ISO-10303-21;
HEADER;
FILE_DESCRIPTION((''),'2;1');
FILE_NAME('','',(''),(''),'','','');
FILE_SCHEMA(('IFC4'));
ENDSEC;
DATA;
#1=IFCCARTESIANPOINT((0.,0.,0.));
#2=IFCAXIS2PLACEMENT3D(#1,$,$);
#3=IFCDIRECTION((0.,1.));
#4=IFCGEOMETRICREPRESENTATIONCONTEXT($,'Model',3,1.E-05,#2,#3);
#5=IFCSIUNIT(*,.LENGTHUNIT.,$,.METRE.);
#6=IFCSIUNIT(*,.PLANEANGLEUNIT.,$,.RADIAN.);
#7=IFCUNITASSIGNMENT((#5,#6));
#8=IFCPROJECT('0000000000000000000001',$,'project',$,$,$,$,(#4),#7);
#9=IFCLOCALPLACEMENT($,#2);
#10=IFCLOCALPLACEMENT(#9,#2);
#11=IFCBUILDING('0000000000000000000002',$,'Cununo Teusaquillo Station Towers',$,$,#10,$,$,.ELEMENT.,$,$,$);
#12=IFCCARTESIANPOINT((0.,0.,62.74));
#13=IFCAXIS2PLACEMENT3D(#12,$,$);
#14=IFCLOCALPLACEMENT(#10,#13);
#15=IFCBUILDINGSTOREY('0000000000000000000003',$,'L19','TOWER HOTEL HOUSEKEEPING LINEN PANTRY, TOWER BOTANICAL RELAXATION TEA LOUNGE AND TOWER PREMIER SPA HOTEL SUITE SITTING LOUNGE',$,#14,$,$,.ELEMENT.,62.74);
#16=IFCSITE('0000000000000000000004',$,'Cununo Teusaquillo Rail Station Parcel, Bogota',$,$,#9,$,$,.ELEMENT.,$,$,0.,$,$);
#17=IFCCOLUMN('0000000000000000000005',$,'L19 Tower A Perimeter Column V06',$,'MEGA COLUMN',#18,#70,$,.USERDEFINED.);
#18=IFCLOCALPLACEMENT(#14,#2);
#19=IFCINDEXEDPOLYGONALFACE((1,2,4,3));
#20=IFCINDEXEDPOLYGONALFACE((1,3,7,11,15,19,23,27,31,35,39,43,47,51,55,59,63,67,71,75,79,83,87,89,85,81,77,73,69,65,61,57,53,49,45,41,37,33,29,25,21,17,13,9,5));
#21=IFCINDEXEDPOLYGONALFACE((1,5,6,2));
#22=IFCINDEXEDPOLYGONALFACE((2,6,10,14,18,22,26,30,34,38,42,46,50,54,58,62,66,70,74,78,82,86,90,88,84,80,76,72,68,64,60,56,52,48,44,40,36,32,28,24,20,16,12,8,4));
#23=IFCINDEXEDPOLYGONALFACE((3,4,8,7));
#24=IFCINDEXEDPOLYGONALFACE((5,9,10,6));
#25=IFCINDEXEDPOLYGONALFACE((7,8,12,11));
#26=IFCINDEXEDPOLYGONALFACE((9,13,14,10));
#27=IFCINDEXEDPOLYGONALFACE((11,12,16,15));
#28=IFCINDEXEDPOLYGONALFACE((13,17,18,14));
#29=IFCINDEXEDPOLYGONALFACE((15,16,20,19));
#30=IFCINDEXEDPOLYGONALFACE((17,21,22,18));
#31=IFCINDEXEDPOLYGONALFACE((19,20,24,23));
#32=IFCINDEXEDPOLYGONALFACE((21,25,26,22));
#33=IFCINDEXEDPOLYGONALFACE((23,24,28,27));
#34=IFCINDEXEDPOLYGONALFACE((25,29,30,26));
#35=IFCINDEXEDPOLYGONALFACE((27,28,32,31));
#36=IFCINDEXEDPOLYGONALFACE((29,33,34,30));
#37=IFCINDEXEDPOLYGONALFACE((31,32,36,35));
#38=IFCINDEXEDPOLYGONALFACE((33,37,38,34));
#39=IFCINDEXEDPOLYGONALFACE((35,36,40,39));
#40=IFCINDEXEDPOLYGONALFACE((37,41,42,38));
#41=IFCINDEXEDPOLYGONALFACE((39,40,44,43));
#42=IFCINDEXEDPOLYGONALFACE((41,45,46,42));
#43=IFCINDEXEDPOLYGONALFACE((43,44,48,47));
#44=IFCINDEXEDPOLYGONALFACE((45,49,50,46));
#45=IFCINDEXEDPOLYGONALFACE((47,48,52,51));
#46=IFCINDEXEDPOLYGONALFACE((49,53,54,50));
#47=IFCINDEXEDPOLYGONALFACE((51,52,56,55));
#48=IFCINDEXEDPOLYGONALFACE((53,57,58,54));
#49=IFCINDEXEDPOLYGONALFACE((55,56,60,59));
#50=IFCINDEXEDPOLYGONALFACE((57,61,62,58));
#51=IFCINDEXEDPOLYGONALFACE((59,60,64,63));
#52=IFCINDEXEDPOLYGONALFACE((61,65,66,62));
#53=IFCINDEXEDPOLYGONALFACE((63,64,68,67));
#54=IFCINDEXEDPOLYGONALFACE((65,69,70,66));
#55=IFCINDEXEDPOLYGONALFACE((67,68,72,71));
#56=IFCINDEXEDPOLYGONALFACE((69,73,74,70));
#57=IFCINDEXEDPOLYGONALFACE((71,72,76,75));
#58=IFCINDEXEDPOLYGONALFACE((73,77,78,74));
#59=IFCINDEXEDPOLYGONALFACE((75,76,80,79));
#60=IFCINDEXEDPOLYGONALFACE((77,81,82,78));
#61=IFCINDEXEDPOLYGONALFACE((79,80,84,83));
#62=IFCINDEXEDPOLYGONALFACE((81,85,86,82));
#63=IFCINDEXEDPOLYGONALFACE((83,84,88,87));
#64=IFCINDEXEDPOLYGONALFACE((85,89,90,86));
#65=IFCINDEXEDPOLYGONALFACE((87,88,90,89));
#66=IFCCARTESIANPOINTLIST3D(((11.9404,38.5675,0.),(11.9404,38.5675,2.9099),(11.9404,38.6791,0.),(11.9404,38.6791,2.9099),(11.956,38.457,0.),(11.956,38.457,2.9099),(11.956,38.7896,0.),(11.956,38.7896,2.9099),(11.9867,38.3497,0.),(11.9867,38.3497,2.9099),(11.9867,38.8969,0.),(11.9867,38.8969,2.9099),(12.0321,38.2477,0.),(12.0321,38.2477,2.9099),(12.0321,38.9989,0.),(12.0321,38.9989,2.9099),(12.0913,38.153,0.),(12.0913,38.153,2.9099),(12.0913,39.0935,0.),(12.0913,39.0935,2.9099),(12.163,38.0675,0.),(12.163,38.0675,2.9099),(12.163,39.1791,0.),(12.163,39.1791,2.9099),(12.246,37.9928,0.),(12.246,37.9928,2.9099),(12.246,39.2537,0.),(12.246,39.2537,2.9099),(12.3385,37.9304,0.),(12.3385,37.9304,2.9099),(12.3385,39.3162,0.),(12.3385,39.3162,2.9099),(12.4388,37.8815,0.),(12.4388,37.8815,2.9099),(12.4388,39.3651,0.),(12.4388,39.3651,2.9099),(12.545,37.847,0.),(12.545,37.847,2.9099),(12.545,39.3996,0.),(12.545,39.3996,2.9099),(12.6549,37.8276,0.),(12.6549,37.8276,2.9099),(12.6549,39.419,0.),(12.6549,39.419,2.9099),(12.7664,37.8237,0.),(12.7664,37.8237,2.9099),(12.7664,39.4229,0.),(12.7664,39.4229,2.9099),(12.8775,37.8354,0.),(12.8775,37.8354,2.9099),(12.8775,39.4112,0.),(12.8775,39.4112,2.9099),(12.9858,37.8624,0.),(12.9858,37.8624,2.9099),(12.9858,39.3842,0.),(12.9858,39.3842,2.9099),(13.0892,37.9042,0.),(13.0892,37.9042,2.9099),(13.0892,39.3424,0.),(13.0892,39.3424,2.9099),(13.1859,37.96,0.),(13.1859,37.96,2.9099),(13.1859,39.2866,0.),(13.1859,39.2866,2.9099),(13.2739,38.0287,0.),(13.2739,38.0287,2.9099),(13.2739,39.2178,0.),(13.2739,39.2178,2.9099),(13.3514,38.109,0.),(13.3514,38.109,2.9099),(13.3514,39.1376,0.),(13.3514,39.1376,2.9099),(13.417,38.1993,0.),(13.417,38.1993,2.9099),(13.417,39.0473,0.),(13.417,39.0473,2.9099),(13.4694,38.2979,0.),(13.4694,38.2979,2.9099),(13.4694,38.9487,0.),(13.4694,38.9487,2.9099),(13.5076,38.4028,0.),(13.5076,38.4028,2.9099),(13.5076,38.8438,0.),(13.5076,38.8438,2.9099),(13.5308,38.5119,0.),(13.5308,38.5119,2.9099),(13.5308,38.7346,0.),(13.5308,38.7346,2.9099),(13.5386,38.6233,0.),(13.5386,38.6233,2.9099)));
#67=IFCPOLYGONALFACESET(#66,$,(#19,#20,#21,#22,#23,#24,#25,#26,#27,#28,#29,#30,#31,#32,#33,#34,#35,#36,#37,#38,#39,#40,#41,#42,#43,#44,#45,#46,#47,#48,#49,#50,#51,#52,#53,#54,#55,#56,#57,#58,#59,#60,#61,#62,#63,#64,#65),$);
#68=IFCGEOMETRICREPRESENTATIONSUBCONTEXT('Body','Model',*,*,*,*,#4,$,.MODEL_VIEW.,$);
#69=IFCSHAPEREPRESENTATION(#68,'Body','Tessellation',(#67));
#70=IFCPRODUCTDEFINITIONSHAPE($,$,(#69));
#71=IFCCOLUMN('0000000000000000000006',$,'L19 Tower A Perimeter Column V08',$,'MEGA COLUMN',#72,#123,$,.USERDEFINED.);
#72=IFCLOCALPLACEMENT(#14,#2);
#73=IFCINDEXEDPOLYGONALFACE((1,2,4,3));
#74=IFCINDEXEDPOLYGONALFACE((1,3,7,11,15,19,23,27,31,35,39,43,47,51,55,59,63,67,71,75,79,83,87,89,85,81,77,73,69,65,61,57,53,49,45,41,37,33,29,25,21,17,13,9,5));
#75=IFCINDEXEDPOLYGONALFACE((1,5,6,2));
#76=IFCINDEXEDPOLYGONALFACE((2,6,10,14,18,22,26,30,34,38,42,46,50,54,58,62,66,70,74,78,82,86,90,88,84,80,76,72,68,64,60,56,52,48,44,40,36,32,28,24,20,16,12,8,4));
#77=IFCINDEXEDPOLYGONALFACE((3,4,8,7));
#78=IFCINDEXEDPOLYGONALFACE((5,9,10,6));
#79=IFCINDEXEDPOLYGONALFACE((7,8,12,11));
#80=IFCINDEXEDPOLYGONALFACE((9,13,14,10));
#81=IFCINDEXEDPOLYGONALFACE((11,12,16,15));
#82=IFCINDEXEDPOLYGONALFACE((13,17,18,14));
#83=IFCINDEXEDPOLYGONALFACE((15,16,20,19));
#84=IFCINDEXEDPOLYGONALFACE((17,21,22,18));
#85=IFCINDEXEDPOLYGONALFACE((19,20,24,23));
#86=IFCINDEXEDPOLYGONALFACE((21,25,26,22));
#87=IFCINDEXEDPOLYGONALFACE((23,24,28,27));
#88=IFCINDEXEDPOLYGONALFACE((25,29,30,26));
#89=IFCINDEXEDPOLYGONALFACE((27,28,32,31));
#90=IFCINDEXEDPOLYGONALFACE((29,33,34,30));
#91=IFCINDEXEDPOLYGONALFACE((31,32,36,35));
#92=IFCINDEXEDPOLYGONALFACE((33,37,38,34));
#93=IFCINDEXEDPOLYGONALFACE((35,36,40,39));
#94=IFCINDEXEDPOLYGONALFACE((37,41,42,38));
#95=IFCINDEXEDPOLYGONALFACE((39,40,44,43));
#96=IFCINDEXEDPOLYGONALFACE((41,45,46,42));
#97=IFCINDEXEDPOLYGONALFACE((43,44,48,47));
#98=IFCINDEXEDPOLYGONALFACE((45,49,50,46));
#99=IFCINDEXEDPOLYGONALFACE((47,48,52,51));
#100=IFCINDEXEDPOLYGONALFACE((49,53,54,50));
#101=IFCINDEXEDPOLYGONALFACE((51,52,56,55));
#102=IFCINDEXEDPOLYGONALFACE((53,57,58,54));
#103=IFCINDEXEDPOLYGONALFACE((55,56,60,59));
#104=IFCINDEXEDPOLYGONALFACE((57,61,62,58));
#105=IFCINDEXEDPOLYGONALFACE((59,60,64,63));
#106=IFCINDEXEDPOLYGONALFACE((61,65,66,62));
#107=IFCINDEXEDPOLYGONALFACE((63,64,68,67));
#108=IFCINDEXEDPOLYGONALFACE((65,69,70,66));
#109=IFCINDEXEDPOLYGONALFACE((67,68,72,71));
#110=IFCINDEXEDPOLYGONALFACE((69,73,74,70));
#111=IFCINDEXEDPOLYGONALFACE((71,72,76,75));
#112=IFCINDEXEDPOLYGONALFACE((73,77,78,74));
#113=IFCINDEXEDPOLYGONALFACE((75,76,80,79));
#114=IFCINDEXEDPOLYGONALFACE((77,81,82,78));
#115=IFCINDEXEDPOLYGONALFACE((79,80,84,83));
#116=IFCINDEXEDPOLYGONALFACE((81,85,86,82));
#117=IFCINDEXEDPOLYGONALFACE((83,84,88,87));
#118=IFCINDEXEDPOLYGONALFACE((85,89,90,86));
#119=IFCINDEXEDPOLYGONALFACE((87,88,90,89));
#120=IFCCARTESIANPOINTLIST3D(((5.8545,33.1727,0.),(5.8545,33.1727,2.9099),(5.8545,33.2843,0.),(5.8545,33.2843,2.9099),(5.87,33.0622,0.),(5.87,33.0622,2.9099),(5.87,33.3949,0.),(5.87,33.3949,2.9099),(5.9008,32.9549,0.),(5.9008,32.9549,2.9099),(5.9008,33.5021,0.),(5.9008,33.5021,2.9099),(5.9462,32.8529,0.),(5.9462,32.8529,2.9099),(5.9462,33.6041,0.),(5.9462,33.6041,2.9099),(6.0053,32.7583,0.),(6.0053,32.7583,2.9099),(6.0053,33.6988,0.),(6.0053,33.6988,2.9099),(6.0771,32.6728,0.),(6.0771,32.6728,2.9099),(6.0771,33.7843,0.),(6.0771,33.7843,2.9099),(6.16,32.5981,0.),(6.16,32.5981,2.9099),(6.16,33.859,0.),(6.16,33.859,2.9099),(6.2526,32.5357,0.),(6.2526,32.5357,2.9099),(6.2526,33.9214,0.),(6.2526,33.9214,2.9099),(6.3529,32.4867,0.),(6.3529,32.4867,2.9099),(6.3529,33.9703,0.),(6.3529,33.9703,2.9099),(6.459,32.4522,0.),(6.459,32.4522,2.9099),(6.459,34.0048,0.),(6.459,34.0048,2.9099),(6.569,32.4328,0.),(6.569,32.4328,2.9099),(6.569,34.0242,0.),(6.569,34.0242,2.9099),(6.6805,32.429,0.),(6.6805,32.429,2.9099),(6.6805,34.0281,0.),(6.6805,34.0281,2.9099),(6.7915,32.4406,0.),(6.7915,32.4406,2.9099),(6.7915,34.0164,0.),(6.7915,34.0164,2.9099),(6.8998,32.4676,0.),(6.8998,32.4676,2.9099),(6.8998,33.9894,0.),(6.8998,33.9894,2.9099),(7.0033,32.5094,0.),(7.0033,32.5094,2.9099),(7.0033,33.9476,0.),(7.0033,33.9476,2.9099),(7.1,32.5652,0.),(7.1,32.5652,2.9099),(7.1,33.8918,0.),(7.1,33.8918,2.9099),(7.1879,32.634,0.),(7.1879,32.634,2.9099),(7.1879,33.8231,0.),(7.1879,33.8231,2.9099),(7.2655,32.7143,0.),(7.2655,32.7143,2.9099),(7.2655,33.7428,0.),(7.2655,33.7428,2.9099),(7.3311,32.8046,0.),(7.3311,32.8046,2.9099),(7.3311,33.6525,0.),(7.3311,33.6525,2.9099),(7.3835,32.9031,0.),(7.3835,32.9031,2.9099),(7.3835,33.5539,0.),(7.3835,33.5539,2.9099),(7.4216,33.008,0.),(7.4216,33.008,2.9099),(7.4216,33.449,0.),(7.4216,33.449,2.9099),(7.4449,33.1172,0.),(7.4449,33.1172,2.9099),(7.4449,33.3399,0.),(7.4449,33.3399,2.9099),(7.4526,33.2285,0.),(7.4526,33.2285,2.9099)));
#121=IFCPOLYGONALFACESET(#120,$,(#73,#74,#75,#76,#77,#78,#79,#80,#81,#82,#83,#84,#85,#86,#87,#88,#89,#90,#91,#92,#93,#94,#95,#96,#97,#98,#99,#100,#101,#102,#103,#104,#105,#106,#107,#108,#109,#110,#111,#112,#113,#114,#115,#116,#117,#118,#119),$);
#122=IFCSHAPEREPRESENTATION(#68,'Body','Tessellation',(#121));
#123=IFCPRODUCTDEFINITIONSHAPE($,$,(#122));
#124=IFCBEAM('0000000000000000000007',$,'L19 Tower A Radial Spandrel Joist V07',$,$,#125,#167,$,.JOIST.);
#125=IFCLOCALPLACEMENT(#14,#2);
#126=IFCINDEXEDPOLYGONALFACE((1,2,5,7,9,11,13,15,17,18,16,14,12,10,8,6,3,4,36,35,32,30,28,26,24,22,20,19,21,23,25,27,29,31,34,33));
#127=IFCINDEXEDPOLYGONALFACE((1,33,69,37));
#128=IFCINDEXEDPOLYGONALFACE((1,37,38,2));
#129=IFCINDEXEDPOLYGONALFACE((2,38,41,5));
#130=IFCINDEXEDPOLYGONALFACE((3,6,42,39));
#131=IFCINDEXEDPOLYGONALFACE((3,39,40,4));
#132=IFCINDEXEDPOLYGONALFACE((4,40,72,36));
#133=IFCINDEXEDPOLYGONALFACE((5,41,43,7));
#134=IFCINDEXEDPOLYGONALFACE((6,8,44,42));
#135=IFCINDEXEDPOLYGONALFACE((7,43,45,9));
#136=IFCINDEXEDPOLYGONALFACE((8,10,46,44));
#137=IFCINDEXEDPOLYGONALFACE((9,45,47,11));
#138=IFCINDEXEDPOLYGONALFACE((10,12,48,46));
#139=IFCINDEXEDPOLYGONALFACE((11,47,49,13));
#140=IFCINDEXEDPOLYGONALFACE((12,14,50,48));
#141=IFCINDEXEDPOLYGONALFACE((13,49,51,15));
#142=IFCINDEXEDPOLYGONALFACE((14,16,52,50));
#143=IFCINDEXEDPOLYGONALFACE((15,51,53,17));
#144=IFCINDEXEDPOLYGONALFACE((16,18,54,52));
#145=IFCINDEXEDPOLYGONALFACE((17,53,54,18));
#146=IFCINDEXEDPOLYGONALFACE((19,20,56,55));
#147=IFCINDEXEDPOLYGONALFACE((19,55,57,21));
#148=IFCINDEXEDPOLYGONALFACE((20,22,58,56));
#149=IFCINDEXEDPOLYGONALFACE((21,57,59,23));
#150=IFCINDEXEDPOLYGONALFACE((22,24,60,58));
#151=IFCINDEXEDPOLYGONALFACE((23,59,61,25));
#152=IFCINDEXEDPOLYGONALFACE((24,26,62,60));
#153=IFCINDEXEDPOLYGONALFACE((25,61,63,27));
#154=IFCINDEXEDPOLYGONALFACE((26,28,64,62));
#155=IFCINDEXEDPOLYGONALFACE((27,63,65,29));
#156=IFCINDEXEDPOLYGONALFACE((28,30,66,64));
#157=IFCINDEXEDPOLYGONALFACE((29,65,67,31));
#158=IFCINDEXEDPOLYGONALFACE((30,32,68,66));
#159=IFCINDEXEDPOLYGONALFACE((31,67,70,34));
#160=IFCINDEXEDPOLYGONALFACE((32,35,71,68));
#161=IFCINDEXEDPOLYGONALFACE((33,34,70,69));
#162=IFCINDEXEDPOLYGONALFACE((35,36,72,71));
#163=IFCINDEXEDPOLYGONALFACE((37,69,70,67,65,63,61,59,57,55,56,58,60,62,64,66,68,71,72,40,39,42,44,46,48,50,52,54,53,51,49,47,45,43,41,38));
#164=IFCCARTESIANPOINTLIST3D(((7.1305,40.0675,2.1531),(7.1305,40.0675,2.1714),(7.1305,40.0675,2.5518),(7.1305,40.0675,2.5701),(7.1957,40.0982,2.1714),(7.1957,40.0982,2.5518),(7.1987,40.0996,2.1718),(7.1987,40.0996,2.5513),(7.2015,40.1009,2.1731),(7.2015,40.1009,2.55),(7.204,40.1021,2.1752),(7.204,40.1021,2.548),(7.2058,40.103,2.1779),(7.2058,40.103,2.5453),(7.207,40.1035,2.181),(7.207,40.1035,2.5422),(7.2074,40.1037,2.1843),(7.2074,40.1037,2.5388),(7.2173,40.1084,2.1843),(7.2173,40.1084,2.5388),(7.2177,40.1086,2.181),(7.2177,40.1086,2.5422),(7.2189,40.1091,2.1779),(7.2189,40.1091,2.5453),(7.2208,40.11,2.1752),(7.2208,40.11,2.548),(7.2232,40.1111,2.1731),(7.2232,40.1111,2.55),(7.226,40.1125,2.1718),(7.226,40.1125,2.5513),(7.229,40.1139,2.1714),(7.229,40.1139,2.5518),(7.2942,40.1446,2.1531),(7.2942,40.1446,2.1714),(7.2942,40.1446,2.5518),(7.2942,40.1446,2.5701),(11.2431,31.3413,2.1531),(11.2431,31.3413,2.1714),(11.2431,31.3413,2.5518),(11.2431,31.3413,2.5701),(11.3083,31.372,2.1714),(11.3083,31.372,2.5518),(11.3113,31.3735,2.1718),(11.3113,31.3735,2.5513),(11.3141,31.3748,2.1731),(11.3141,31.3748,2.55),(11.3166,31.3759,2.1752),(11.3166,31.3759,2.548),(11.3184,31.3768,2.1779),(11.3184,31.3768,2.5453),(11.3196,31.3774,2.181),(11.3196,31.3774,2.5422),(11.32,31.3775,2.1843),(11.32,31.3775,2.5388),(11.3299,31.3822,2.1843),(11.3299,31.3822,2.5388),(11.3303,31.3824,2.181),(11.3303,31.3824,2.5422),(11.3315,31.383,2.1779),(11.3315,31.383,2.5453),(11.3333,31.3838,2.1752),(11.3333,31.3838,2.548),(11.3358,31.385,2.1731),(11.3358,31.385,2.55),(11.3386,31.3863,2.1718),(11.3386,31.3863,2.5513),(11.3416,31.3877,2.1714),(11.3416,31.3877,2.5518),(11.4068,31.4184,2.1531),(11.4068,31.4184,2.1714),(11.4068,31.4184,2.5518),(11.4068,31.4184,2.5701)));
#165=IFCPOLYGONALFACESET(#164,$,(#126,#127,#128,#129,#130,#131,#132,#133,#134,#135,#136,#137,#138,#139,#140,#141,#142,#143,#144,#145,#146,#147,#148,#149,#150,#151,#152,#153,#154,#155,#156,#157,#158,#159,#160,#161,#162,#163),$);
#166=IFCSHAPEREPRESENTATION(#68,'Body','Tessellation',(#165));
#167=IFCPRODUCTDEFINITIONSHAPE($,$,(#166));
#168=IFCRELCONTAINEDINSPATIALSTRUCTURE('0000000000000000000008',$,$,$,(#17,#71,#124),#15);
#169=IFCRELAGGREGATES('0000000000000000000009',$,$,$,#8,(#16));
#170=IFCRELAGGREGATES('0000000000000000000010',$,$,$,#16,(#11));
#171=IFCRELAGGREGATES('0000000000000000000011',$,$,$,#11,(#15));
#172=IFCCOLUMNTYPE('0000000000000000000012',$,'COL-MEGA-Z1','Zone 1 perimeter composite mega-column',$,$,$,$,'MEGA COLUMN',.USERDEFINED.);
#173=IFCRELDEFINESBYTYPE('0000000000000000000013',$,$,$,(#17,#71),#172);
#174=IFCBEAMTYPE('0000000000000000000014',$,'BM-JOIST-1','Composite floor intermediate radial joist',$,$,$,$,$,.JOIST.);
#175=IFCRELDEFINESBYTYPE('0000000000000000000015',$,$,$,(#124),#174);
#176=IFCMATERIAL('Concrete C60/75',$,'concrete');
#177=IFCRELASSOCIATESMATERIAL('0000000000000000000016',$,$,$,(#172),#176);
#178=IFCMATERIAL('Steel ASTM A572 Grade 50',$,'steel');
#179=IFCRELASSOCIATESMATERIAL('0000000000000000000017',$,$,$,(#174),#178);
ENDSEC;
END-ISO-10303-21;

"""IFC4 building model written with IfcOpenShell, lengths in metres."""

from ifc_helpers import new_model, si_unit, direction, frame, origin, origin_2d, place, context, subcontext, project, spatial, circle, i_section, extrude, material, material_profile, profile_set, type_object, element, save


model = new_model("IFC4")

# Units and contexts
model_context = context("Model", 3, precision=1e-05, world=origin(), true_north=direction((0.0, 1.0)))
body_context = subcontext(model_context, "Body", "Model", "MODEL_VIEW")
ifc_project = project(units=[si_unit("LENGTHUNIT", "METRE"), si_unit("PLANEANGLEUNIT", "RADIAN")], contexts=[model_context])

# Site, building, storey
site_placement = place(None, origin())
site = spatial("IfcSite", under=ifc_project, at=site_placement, Name="Cununo Teusaquillo Rail Station Parcel, Bogota", CompositionType="ELEMENT", RefElevation=0.0)
building_placement = place(site_placement, origin())
building = spatial("IfcBuilding", under=site, at=building_placement, Name="Cununo Teusaquillo Station Towers", CompositionType="ELEMENT")
storey_placement = place(building_placement, frame((0.0, 0.0, 62.74)))
storey = spatial("IfcBuildingStorey", under=building, at=storey_placement, Name="L19", Description="TOWER HOTEL HOUSEKEEPING LINEN PANTRY, TOWER BOTANICAL RELAXATION TEA LOUNGE AND TOWER PREMIER SPA HOTEL SUITE SITTING LOUNGE", CompositionType="ELEMENT", Elevation=62.74)

# Columns
ifc_material_1 = material(Name="Concrete C60/75", Category="concrete")
ifc_material_profile_1 = material_profile(ifc_material_1, circle(Radius=0.8, at=origin_2d()), Name="RC-CIRC-1600")
ifc_profile_set_1 = profile_set([ifc_material_profile_1], Name="Concrete C60/75")
column_type = type_object("IfcColumnType", Name="COL-MEGA-Z1", Description="Zone 1 perimeter composite mega-column", ElementType="MEGA COLUMN", PredefinedType="USERDEFINED", material=ifc_profile_set_1)
for number, where, z_axis, x_axis, name in (
    (1, (12.7385, 38.6233, 0.0), (0.0, 0.0, 1.0), (1.0, 0.0, 0.0), "L19 Tower A Perimeter Column V06"),
    (2, (6.6526, 33.2285, 0.0), (0.0, 0.0, 1.0), (1.0, 0.0, 0.0), "L19 Tower A Perimeter Column V08"),
):
    element("IfcColumn", number, at=place(storey_placement, frame(where, z_axis=z_axis, x_axis=x_axis)), inside=storey, type_object=column_type, Name=name, ObjectType="MEGA COLUMN", PredefinedType="USERDEFINED", context=body_context, shape_type="SweptSolid", body=[
        extrude(circle(Radius=0.8, at=origin_2d()), origin(), (0.0, 0.0, 1.0), 2.9099),
    ])

# Beam
ifc_material_2 = material(Name="Steel ASTM A572 Grade 50", Category="steel")
ifc_material_profile_2 = material_profile(ifc_material_2, i_section(OverallWidth=0.1809, OverallDepth=0.417, WebThickness=0.011, FlangeThickness=0.0183, FilletRadius=0.0129, at=origin_2d()), Name="W16X57")
ifc_profile_set_2 = profile_set([ifc_material_profile_2], Name="Steel ASTM A572 Grade 50")
beam_type_1 = type_object("IfcBeamType", Name="BM-JOIST-1", Description="Composite floor intermediate radial joist", PredefinedType="JOIST", material=ifc_profile_set_2)
beam_1_placement = place(storey_placement, frame((11.325, 31.3799, 2.3616), z_axis=(-0.42632, 0.904572, 0.0), x_axis=(-0.904572, -0.42632, 0.0)))
element("IfcBeam", 3, at=beam_1_placement, inside=storey, type_object=beam_type_1, Name="L19 Tower A Radial Spandrel Joist V07", PredefinedType="JOIST", context=body_context, shape_type="SweptSolid", body=[
    extrude(i_section(OverallWidth=0.1809, OverallDepth=0.417, WebThickness=0.011, FlangeThickness=0.0183, FilletRadius=0.0129, at=origin_2d()), origin(), (0.0, 0.0, 1.0), 9.6467),
])

save(model, "model.ifc")
